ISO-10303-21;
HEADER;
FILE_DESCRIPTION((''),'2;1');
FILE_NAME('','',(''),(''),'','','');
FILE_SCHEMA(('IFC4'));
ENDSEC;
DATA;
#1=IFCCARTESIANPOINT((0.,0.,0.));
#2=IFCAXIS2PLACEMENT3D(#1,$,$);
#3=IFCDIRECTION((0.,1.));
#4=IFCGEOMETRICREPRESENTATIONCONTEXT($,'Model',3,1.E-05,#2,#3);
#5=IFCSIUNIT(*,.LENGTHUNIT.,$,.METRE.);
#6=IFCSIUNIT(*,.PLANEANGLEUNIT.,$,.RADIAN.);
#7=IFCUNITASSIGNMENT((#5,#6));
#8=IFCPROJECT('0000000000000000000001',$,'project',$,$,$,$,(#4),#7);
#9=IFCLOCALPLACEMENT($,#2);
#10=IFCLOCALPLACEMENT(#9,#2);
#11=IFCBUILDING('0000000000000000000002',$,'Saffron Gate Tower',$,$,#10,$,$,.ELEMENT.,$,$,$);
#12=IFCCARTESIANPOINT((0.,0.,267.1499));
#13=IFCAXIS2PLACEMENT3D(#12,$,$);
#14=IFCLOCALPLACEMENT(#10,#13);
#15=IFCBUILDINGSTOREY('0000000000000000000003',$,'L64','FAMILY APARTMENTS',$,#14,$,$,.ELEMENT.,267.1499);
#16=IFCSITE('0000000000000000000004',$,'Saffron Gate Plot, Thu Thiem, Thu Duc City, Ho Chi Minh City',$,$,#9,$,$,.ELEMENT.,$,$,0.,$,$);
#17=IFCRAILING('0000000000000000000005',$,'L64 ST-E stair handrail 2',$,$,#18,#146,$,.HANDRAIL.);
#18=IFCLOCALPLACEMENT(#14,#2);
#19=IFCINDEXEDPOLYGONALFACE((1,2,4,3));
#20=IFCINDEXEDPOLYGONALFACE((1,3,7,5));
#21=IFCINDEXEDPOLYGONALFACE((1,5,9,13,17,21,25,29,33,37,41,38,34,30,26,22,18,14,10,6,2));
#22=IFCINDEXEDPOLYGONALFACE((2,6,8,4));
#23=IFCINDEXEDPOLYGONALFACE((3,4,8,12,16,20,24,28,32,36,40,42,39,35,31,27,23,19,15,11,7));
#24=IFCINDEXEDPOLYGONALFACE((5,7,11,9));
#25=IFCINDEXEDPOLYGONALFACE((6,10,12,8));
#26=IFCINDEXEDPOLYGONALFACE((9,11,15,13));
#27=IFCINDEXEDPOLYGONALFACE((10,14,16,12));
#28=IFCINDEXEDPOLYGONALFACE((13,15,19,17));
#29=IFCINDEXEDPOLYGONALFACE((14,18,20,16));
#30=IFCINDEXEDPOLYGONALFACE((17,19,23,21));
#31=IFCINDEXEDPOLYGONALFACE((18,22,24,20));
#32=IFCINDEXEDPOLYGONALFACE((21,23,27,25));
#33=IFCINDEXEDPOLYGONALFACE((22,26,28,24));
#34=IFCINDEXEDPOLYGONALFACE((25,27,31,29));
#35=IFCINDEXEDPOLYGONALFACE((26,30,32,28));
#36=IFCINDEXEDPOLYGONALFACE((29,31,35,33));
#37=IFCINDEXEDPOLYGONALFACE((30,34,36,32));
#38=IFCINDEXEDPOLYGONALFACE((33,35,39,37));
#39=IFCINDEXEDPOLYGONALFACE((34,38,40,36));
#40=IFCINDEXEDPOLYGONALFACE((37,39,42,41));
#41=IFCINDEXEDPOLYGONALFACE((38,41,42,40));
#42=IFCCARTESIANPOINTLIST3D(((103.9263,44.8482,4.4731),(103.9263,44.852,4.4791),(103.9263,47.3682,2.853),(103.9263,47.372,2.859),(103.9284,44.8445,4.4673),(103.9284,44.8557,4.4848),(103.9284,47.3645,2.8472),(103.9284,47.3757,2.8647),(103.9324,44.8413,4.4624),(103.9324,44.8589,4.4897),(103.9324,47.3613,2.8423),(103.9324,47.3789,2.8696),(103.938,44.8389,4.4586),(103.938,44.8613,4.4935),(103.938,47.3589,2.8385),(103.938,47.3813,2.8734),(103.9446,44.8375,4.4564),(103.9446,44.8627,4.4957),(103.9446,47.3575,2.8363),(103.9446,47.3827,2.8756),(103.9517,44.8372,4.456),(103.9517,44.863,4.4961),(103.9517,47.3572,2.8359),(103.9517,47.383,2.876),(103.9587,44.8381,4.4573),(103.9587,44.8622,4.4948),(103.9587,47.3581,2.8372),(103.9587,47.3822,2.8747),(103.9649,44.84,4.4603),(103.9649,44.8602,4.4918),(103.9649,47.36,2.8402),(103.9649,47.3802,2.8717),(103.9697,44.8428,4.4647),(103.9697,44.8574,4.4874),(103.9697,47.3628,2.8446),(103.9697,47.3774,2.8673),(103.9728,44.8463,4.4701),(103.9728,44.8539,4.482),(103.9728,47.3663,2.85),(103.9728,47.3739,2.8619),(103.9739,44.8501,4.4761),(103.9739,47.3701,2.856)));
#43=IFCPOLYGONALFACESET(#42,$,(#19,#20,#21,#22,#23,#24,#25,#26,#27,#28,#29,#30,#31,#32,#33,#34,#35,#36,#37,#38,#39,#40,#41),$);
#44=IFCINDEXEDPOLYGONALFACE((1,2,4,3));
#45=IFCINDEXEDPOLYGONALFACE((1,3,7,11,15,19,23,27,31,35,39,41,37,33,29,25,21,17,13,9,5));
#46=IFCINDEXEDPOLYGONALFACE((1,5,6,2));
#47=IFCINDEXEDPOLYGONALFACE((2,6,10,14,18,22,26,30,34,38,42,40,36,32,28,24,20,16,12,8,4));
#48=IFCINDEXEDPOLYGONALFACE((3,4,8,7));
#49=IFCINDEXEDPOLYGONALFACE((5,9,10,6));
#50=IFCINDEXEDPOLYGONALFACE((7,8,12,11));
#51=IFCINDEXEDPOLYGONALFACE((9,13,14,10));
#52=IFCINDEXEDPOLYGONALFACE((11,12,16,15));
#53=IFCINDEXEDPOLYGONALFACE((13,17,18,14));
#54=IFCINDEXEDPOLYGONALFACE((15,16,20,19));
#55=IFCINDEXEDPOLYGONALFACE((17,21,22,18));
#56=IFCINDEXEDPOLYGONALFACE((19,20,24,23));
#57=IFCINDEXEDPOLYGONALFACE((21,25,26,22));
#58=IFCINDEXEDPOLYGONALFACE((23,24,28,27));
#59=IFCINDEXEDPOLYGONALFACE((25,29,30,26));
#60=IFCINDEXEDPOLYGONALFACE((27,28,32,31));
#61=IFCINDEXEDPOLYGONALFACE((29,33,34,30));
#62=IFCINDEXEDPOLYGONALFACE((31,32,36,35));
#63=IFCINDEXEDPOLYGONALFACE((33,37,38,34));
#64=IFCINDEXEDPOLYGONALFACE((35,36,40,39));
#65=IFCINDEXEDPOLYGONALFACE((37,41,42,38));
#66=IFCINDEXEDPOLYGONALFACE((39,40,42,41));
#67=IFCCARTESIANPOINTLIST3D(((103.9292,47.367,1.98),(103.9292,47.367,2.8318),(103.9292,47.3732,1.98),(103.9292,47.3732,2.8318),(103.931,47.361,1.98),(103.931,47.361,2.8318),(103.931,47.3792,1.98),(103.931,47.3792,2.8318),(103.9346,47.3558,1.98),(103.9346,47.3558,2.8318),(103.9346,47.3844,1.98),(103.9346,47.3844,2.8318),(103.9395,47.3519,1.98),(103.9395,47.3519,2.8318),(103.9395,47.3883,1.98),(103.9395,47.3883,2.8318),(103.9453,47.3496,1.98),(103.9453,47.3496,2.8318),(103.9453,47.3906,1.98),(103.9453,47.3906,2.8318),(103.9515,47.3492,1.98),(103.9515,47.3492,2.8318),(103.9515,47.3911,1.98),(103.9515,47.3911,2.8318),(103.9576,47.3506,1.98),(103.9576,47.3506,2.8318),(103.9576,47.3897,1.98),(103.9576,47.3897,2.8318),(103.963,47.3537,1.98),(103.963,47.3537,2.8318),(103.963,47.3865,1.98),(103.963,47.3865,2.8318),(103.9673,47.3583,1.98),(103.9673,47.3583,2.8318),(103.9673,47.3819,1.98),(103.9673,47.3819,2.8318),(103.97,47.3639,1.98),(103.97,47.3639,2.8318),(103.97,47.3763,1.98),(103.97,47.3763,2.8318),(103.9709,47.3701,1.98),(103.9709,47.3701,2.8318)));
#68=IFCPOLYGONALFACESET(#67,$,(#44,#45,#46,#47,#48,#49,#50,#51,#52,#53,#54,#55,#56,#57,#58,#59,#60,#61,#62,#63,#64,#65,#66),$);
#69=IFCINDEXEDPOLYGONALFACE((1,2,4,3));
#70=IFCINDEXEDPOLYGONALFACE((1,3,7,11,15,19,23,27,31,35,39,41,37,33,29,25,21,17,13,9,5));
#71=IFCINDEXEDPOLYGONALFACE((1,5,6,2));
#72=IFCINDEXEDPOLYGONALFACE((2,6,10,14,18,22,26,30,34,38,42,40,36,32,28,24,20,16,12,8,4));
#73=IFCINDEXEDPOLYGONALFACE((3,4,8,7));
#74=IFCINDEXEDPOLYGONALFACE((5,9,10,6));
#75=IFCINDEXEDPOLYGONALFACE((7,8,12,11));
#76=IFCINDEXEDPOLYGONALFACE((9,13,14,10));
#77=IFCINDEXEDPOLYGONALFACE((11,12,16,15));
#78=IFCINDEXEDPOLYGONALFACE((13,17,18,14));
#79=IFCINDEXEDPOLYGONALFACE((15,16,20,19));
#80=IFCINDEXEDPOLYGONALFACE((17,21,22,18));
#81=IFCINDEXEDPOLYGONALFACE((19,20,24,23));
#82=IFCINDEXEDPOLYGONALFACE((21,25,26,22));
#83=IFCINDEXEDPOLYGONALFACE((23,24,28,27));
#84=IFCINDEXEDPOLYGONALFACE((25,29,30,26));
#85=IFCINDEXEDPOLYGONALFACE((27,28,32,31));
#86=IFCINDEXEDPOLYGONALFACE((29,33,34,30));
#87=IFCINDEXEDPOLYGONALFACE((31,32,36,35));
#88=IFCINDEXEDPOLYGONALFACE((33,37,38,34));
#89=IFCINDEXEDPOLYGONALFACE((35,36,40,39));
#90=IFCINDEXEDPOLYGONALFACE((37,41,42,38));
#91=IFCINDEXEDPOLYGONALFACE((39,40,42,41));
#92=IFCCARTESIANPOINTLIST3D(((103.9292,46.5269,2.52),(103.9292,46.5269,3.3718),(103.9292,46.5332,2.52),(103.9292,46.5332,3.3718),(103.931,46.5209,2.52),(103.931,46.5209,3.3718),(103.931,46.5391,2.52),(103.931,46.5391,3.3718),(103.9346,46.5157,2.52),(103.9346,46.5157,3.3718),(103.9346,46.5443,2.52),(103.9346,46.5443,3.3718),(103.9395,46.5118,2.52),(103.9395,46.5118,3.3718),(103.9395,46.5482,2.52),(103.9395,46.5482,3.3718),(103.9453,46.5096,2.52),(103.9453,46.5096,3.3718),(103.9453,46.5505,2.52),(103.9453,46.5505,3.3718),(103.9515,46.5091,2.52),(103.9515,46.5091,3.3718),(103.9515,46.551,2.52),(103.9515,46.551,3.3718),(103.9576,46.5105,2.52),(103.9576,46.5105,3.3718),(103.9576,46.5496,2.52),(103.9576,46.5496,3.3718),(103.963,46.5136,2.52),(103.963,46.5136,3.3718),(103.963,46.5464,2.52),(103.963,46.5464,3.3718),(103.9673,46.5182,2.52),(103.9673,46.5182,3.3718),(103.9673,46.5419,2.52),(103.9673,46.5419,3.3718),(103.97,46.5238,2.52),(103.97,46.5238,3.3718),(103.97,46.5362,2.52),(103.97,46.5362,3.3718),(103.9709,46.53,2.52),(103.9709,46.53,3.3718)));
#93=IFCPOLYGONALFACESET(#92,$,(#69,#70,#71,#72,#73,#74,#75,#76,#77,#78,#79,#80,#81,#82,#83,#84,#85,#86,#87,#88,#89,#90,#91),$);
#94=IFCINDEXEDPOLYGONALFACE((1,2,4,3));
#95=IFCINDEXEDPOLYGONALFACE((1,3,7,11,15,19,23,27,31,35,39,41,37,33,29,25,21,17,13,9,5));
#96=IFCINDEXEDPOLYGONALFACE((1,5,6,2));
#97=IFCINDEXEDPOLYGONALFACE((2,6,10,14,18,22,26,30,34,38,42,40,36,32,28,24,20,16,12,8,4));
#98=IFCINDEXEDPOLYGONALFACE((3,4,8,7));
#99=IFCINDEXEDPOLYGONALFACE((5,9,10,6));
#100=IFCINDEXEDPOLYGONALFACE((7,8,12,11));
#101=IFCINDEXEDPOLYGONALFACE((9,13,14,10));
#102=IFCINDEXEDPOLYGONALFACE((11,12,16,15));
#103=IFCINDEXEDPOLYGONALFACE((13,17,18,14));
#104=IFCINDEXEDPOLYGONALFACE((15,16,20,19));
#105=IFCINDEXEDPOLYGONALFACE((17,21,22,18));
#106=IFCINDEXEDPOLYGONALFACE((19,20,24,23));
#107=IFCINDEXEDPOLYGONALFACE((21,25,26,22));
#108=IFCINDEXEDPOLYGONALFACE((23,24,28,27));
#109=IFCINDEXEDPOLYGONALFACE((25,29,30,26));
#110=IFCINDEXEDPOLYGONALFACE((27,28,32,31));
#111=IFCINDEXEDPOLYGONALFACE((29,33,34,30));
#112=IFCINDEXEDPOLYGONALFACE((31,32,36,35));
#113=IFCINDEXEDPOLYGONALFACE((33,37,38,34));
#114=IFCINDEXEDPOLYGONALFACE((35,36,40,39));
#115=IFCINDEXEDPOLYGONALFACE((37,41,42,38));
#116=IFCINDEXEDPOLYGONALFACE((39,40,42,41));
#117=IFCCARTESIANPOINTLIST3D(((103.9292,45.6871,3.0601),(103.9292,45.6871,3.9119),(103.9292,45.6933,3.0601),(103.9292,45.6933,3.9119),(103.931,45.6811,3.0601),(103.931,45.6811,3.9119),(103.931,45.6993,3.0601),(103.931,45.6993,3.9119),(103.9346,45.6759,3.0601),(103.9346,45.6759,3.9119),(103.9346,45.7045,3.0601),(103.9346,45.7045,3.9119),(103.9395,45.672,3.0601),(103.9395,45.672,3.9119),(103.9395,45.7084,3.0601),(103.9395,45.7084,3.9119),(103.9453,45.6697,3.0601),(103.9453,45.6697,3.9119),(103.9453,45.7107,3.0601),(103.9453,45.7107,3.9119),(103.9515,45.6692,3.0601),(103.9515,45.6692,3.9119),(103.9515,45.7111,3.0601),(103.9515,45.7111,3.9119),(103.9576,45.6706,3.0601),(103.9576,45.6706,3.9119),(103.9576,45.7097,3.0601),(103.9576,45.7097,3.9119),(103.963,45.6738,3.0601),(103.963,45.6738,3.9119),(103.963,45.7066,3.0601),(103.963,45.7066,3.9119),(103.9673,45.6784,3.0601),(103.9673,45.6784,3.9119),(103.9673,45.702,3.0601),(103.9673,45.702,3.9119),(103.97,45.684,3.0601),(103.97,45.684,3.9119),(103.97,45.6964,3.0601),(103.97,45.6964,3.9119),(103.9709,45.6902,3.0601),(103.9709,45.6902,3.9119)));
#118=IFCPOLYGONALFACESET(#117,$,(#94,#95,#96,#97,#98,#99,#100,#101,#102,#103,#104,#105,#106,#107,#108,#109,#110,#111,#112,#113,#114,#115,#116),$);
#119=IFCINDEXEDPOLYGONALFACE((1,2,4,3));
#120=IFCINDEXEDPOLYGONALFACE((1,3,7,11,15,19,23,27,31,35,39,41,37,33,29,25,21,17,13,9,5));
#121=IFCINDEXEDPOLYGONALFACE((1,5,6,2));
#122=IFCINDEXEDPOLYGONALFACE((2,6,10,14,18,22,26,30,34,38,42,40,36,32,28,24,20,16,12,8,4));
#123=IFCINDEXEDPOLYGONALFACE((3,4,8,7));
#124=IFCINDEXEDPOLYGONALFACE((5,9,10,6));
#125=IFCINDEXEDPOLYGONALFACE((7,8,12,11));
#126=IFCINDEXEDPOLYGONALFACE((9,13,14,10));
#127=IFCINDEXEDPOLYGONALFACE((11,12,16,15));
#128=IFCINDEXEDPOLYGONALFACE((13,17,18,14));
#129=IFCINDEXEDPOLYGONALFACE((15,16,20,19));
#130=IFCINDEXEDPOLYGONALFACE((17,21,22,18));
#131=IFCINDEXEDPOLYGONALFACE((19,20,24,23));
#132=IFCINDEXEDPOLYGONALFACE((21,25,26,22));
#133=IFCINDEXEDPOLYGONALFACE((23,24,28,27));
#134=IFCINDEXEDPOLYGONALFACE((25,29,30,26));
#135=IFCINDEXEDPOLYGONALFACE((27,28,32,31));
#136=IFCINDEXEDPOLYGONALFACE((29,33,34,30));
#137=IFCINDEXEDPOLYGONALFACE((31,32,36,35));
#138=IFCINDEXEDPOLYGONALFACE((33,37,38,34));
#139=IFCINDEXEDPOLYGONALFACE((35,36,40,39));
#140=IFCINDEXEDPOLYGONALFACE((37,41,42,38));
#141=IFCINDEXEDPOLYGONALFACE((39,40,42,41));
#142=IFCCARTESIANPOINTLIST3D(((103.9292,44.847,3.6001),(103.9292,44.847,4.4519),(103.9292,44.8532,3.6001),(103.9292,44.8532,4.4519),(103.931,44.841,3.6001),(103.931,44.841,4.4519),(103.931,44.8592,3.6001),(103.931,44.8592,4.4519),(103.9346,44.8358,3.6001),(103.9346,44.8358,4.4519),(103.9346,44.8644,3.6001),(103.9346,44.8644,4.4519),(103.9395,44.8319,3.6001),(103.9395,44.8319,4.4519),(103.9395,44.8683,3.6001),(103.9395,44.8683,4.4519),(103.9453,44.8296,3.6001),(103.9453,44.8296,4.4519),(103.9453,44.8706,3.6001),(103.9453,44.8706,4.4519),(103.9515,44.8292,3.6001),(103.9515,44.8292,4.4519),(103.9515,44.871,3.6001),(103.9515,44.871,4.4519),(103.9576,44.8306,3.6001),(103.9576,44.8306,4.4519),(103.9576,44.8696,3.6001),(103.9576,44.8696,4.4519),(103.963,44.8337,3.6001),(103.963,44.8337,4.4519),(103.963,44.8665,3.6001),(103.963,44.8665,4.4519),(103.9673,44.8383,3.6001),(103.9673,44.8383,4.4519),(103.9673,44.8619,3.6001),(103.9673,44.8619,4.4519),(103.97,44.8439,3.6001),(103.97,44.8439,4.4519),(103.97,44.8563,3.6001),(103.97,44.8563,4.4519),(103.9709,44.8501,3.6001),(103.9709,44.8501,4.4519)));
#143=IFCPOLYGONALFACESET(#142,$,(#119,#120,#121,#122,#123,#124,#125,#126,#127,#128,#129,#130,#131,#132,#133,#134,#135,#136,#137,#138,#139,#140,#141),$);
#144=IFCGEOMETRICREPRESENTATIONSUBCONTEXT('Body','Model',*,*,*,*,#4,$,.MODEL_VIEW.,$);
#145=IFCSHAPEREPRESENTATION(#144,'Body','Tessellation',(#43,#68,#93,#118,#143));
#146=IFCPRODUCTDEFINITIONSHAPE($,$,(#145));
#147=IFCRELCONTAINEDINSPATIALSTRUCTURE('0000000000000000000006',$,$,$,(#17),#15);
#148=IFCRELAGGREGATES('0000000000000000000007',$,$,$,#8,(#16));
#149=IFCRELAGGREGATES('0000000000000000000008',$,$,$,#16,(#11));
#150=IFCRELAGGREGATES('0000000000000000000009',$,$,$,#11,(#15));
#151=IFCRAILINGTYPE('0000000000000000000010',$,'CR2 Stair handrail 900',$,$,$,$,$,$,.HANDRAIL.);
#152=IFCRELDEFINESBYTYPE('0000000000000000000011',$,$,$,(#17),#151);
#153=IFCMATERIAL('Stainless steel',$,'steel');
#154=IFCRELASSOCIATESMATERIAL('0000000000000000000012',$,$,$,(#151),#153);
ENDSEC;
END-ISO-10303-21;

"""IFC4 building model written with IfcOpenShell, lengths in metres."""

from ifc_helpers import new_model, si_unit, direction, frame, origin, origin_2d, place, context, subcontext, project, spatial, circle, extrude, material, type_object, element, save


model = new_model("IFC4")

# Units and contexts
model_context = context("Model", 3, precision=1e-05, world=origin(), true_north=direction((0.0, 1.0)))
body_context = subcontext(model_context, "Body", "Model", "MODEL_VIEW")
ifc_project = project(units=[si_unit("LENGTHUNIT", "METRE"), si_unit("PLANEANGLEUNIT", "RADIAN")], contexts=[model_context])

# Site, building, storey
site_placement = place(None, origin())
site = spatial("IfcSite", under=ifc_project, at=site_placement, Name="Saffron Gate Plot, Thu Thiem, Thu Duc City, Ho Chi Minh City", CompositionType="ELEMENT", RefElevation=0.0)
building_placement = place(site_placement, origin())
building = spatial("IfcBuilding", under=site, at=building_placement, Name="Saffron Gate Tower", CompositionType="ELEMENT")
storey_placement = place(building_placement, frame((0.0, 0.0, 267.1499)))
storey = spatial("IfcBuildingStorey", under=building, at=storey_placement, Name="L64", Description="FAMILY APARTMENTS", CompositionType="ELEMENT", Elevation=267.1499)

# Railing
ifc_material_1 = material(Name="Stainless steel", Category="steel")
railing_type_1 = type_object("IfcRailingType", Name="CR2 Stair handrail 900", PredefinedType="HANDRAIL", material=ifc_material_1)
railing_1_placement = place(storey_placement, frame((103.95, 47.3701, 1.98)))
element("IfcRailing", 1, at=railing_1_placement, inside=storey, type_object=railing_type_1, Name="L64 ST-E stair handrail 2", PredefinedType="HANDRAIL", context=body_context, shape_type="SweptSolid", body=[
    extrude(circle(Radius=0.0239, at=origin_2d()), frame((0.0, 0.0, 0.876), z_axis=(0.0, -0.841163, 0.540782), x_axis=(1.0, 0.0, 0.0)), (0.0, 0.0, 1.0), 2.9958),
    extrude(circle(Radius=0.021, at=origin_2d()), origin(), (0.0, 0.0, 1.0), 0.8518),
    extrude(circle(Radius=0.021, at=origin_2d()), frame((0.0, -0.8401, 0.54)), (0.0, 0.0, 1.0), 0.8518),
    extrude(circle(Radius=0.021, at=origin_2d()), frame((0.0, -1.6799, 1.0801)), (0.0, 0.0, 1.0), 0.8518),
    extrude(circle(Radius=0.021, at=origin_2d()), frame((0.0, -2.52, 1.6201)), (0.0, 0.0, 1.0), 0.8518),
])

save(model, "model.ifc")
